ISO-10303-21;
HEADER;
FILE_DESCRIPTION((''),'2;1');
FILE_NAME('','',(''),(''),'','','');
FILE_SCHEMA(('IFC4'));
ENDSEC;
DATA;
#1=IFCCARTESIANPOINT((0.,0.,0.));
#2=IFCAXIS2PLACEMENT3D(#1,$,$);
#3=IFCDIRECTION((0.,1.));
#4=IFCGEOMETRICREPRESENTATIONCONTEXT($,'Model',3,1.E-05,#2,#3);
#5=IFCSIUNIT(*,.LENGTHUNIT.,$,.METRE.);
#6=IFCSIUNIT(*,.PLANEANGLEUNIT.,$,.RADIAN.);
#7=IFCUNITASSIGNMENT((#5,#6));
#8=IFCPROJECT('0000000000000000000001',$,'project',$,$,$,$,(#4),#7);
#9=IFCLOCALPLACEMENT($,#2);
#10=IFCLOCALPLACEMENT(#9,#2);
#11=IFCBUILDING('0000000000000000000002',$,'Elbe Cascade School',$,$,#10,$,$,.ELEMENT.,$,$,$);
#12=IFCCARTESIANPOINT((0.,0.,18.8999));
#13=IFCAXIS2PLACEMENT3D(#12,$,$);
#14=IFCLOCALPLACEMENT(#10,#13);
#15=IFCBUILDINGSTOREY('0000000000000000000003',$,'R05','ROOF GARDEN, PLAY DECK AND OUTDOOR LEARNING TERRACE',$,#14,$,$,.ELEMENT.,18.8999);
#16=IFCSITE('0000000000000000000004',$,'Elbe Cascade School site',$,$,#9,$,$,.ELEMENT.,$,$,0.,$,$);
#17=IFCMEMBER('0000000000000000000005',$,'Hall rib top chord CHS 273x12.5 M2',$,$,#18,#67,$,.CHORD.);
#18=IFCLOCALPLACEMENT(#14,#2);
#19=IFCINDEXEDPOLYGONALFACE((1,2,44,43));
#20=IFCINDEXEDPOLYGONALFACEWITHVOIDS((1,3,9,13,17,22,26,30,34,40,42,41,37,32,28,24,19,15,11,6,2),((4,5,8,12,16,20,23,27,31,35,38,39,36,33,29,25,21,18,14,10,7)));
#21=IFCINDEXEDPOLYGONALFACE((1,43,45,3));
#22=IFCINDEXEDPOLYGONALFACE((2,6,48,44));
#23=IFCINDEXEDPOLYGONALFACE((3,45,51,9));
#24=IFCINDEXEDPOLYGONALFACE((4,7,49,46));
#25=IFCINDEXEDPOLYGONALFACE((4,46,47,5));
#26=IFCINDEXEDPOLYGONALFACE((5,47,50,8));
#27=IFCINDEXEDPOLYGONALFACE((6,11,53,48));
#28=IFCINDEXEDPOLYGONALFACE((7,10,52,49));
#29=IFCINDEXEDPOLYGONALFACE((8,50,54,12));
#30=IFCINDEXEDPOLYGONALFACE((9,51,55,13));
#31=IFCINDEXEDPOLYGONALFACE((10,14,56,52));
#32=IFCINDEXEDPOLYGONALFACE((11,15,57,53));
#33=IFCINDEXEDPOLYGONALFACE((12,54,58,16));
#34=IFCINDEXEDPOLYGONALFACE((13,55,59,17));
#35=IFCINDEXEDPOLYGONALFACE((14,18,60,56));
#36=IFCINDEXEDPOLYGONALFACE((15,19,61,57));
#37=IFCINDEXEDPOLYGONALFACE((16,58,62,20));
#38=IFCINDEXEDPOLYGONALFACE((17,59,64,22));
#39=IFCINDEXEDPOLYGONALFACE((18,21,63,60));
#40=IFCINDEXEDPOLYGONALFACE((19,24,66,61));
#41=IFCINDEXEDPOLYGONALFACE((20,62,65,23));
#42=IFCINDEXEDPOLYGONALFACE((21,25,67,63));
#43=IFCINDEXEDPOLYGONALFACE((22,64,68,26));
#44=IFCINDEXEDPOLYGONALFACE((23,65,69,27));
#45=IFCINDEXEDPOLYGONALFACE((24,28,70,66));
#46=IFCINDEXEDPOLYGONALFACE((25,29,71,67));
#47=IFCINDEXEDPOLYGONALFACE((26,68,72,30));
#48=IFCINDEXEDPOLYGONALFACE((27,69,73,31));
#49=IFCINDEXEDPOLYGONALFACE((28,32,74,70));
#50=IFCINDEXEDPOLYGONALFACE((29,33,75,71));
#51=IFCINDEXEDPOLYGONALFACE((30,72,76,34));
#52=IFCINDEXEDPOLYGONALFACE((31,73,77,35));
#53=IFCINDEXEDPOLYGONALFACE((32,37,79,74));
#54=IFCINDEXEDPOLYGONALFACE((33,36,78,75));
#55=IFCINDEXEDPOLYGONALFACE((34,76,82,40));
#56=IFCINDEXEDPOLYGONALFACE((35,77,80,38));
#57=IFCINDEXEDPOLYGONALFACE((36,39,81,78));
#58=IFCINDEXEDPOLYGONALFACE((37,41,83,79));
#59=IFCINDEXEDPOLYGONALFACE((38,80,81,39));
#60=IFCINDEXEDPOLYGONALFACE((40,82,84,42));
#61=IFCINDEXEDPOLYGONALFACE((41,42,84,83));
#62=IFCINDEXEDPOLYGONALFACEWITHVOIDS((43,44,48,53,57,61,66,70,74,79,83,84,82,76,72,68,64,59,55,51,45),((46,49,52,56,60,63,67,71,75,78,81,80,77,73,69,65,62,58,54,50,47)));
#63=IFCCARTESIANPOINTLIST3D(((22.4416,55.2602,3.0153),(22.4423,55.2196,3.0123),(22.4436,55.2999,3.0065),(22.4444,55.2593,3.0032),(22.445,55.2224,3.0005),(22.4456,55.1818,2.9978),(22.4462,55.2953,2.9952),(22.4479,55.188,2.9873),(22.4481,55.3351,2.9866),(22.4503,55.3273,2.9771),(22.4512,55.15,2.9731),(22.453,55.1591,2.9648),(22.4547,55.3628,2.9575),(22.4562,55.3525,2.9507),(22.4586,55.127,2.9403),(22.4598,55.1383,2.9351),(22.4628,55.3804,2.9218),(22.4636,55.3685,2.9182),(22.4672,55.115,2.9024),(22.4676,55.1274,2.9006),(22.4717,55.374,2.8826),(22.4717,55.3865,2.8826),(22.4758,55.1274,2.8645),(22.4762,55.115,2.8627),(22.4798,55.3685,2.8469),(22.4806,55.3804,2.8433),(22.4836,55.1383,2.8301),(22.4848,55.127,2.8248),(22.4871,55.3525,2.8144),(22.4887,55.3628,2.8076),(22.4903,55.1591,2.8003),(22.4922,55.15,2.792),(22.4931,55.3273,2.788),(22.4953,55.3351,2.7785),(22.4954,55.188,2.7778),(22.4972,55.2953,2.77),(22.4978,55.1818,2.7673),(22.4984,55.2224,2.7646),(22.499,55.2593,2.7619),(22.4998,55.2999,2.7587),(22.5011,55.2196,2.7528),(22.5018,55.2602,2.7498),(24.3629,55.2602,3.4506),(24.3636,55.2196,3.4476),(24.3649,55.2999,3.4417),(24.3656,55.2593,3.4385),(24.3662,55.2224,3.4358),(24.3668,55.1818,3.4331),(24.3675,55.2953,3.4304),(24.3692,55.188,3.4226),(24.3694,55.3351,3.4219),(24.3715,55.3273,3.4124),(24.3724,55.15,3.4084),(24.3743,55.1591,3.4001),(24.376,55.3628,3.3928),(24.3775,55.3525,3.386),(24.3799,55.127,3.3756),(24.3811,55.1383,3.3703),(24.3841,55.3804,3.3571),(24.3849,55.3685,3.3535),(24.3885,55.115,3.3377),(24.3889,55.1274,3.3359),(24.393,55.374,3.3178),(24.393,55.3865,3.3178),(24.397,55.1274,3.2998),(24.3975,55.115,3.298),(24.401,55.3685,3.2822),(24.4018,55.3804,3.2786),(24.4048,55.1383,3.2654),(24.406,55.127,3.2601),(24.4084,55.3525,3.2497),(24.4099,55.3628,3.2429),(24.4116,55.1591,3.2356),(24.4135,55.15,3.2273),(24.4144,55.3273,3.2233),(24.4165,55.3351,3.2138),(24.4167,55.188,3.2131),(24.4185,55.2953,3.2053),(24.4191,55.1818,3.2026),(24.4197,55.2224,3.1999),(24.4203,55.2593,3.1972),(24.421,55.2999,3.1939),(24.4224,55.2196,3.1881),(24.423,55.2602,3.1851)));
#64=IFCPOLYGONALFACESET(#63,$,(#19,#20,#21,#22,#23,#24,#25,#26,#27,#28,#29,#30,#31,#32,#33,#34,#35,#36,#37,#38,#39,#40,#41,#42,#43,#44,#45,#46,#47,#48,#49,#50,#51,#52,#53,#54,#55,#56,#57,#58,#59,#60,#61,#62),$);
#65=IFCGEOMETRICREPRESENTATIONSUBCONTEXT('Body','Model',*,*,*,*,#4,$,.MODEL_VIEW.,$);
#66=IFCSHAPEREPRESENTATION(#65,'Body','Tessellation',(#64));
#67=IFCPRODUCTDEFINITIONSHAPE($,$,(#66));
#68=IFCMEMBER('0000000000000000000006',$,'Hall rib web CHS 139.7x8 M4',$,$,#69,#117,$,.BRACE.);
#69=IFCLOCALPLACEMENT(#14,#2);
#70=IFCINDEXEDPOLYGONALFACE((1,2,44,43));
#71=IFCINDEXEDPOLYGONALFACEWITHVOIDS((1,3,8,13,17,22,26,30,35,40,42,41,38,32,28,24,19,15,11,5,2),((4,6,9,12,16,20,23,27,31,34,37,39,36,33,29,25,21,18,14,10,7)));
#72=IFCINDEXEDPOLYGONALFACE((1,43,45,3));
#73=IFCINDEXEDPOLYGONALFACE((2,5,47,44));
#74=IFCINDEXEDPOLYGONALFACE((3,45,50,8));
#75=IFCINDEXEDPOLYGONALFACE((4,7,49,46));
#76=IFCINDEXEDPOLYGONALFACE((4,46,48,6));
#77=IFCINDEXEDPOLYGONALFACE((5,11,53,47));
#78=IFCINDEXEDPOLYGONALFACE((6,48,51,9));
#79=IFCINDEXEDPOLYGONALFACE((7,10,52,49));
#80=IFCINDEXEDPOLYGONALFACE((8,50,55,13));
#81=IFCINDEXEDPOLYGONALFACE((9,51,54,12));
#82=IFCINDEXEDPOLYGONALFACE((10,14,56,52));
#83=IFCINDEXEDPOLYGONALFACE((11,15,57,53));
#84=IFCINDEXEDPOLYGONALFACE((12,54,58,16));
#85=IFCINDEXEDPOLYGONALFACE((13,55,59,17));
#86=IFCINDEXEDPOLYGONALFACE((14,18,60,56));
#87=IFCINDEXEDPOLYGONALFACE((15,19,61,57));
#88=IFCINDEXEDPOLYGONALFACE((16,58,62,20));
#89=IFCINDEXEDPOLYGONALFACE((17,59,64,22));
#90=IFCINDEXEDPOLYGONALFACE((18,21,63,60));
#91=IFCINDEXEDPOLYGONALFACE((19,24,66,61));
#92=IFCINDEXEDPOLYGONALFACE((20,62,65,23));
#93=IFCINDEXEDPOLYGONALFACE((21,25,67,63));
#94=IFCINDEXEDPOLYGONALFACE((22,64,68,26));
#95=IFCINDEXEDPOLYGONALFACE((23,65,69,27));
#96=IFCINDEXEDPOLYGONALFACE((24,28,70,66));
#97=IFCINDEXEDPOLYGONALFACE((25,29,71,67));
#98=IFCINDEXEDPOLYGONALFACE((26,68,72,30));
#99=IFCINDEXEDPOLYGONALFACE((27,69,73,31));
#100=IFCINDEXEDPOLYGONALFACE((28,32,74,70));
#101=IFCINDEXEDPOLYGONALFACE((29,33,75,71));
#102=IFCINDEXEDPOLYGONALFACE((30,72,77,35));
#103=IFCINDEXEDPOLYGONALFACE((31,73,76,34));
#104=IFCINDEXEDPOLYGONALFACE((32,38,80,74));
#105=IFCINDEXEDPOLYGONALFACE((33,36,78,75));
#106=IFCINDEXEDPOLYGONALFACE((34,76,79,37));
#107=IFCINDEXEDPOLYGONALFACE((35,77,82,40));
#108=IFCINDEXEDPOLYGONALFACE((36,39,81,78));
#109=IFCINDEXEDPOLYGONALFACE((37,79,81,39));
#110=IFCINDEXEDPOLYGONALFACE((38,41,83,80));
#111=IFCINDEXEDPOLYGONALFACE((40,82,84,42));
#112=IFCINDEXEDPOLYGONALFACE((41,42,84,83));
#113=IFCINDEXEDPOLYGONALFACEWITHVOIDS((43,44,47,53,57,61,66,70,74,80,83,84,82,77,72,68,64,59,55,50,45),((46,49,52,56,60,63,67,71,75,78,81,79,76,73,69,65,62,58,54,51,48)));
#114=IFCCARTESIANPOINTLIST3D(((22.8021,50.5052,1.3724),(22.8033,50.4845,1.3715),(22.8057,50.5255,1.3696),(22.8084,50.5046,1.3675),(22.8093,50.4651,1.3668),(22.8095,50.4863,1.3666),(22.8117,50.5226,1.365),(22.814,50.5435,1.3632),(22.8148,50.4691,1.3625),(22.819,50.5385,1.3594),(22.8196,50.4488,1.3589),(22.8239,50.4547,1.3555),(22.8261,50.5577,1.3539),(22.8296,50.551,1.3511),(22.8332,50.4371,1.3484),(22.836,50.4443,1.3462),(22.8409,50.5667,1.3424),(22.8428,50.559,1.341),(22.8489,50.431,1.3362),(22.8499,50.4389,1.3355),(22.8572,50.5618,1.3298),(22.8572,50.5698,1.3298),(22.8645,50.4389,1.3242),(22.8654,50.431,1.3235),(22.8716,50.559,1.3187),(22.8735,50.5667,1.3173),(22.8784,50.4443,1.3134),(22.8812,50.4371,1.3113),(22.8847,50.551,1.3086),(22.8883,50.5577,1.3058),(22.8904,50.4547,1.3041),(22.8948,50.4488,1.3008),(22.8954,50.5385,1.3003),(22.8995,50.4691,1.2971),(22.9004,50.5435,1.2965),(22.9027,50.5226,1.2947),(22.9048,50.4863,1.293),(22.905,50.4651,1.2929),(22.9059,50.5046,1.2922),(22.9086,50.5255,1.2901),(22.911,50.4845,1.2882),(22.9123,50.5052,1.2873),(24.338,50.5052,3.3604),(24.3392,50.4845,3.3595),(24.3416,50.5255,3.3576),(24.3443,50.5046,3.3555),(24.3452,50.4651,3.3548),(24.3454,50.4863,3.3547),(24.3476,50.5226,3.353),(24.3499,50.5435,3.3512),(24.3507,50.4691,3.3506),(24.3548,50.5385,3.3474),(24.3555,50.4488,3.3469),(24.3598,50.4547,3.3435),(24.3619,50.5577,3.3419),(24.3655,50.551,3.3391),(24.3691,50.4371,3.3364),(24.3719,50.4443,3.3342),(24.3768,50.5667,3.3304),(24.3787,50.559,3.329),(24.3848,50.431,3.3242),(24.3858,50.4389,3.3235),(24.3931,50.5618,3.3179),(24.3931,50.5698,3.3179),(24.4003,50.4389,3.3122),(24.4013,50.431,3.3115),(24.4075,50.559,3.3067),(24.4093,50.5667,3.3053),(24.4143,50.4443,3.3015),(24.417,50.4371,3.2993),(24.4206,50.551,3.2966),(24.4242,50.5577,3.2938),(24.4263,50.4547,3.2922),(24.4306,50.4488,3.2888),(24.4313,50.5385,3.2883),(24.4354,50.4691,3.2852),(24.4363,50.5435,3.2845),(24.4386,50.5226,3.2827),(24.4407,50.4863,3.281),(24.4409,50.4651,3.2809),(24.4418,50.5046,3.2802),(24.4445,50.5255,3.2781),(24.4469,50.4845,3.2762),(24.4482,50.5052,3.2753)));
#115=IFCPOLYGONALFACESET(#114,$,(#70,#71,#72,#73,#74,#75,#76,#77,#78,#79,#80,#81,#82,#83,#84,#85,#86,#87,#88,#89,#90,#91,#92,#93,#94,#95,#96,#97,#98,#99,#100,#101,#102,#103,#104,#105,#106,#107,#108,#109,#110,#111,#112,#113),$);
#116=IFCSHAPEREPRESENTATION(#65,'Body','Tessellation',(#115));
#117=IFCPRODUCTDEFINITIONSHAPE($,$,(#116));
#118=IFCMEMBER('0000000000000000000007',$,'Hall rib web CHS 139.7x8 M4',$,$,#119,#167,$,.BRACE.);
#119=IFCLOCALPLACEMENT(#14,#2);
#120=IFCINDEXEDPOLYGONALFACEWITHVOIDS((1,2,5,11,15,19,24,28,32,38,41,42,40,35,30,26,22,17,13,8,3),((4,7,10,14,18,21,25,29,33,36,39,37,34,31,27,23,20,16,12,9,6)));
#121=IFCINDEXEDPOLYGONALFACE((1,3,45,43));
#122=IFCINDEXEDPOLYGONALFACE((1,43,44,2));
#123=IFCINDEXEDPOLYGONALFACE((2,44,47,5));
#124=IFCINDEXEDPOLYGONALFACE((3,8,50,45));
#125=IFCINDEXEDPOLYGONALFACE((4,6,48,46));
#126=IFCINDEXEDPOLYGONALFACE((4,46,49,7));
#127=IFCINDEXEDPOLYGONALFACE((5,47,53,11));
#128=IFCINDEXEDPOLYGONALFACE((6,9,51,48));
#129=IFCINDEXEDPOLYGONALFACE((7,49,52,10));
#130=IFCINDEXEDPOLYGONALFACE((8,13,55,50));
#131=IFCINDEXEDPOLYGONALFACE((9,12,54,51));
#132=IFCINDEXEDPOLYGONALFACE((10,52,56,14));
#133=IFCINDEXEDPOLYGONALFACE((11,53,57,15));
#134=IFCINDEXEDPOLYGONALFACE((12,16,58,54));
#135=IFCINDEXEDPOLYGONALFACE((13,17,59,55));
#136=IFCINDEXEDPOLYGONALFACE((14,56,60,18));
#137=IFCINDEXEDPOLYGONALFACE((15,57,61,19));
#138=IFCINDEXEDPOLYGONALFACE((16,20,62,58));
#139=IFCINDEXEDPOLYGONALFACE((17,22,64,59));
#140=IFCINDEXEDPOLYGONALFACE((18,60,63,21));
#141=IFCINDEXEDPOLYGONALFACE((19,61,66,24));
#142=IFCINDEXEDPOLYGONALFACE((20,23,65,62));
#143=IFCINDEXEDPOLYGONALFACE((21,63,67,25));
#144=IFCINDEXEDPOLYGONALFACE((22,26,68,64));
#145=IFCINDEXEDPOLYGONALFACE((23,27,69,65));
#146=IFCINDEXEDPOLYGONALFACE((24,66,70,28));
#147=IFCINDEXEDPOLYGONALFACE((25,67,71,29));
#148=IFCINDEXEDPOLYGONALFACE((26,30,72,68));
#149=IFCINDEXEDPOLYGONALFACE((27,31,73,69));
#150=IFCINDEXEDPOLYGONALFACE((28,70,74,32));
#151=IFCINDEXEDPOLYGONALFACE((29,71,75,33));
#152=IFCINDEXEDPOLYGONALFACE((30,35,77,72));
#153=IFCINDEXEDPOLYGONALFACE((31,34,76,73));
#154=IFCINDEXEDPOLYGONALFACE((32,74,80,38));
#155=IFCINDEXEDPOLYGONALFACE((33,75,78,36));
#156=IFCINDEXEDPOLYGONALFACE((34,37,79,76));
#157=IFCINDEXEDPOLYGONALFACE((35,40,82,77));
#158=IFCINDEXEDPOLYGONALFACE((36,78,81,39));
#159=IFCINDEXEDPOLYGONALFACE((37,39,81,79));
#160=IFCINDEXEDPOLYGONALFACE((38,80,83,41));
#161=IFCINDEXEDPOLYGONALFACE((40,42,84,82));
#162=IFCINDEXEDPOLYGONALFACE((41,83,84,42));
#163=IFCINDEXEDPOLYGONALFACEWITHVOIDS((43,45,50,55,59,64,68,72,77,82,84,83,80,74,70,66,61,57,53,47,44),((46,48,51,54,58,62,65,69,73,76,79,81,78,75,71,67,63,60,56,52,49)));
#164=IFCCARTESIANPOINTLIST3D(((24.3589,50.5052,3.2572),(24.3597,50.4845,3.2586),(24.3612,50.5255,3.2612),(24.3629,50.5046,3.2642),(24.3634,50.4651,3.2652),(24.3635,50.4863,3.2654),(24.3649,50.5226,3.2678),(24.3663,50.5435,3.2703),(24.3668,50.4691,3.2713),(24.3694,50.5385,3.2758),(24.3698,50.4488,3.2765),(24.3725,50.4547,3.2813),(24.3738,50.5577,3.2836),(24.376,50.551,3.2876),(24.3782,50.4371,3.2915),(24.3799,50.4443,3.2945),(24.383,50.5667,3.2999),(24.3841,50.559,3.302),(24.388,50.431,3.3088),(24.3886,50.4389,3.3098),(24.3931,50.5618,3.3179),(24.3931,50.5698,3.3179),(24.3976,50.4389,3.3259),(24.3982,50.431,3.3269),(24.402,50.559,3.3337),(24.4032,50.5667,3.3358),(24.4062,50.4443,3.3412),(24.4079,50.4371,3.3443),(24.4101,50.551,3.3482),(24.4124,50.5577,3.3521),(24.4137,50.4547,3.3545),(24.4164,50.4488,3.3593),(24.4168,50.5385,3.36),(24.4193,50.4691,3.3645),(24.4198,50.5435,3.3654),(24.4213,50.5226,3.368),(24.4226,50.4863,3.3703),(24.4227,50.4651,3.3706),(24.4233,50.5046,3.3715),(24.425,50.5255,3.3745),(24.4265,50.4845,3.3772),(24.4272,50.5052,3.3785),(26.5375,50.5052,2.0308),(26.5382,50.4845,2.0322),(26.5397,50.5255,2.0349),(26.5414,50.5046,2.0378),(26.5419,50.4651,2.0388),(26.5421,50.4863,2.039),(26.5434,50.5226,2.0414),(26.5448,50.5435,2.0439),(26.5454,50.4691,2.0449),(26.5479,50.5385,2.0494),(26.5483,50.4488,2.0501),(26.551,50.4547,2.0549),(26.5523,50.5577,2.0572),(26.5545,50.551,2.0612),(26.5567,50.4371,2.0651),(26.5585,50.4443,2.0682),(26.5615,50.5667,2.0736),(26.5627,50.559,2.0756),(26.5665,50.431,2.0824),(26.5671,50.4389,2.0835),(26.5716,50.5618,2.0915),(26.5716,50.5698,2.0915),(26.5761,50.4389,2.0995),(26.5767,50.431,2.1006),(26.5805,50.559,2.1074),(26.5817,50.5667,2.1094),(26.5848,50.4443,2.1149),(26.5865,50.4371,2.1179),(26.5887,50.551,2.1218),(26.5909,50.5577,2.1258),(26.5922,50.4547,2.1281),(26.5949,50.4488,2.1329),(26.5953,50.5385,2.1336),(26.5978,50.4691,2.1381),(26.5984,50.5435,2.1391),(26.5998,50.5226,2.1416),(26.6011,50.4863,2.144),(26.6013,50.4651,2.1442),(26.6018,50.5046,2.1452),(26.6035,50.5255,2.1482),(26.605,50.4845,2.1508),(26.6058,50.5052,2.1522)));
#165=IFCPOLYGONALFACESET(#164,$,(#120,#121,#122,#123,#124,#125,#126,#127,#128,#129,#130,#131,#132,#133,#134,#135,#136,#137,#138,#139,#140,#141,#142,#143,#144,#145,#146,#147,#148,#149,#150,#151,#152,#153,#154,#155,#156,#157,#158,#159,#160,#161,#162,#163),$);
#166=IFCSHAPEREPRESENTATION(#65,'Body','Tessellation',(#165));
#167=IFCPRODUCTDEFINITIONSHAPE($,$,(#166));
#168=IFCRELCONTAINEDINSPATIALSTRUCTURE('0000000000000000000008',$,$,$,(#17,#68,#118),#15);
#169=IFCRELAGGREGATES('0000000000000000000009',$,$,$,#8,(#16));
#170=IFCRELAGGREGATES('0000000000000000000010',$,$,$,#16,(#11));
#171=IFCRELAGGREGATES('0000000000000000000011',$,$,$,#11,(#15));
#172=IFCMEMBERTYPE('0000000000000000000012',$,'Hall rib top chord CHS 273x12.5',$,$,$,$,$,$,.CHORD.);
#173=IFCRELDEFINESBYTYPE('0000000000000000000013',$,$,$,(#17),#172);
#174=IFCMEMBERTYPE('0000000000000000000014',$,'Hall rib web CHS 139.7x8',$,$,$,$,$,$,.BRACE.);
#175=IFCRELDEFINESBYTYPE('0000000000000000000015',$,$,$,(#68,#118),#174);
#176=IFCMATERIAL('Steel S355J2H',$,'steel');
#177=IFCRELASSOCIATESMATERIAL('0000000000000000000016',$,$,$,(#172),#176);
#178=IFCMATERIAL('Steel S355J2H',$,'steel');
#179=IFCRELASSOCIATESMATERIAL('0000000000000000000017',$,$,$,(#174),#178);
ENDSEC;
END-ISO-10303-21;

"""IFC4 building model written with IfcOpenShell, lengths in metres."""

from ifc_helpers import new_model, si_unit, direction, frame, origin, origin_2d, place, context, subcontext, project, spatial, hollow_circle, extrude, material, material_profile, profile_set, type_object, element, save


model = new_model("IFC4")

# Units and contexts
model_context = context("Model", 3, precision=1e-05, world=origin(), true_north=direction((0.0, 1.0)))
body_context = subcontext(model_context, "Body", "Model", "MODEL_VIEW")
ifc_project = project(units=[si_unit("LENGTHUNIT", "METRE"), si_unit("PLANEANGLEUNIT", "RADIAN")], contexts=[model_context])

# Site, building, storey
site_placement = place(None, origin())
site = spatial("IfcSite", under=ifc_project, at=site_placement, Name="Elbe Cascade School site", CompositionType="ELEMENT", RefElevation=0.0)
building_placement = place(site_placement, origin())
building = spatial("IfcBuilding", under=site, at=building_placement, Name="Elbe Cascade School", CompositionType="ELEMENT")
storey_placement = place(building_placement, frame((0.0, 0.0, 18.8999)))
storey = spatial("IfcBuildingStorey", under=building, at=storey_placement, Name="R05", Description="ROOF GARDEN, PLAY DECK AND OUTDOOR LEARNING TERRACE", CompositionType="ELEMENT", Elevation=18.8999)

# Members
ifc_material_1 = material(Name="Steel S355J2H", Category="steel")
ifc_material_profile_1 = material_profile(ifc_material_1, hollow_circle(Radius=0.1365, WallThickness=0.0125, at=origin_2d()), Name="CHS 273x12.5")
ifc_profile_set_1 = profile_set([ifc_material_profile_1], Name="Steel S355J2H")
member_type_1 = type_object("IfcMemberType", Name="Hall rib top chord CHS 273x12.5", PredefinedType="CHORD", material=ifc_profile_set_1)
member_1_placement = place(storey_placement, frame((22.4717, 55.25, 2.8826), z_axis=(0.975284, 0.0, 0.220957), x_axis=(0.0, 1.0, 0.0)))
element("IfcMember", 1, at=member_1_placement, inside=storey, type_object=member_type_1, Name="Hall rib top chord CHS 273x12.5 M2", PredefinedType="CHORD", context=body_context, shape_type="SweptSolid", body=[
    extrude(hollow_circle(Radius=0.1365, WallThickness=0.0125, at=origin_2d()), origin(), (0.0, 0.0, 1.0), 1.97),
])
ifc_material_2 = material(Name="Steel S355J2H", Category="steel")
ifc_material_profile_2 = material_profile(ifc_material_2, hollow_circle(Radius=0.0698, WallThickness=0.0081, at=origin_2d()), Name="CHS 139.7x8")
ifc_profile_set_2 = profile_set([ifc_material_profile_2], Name="Steel S355J2H")
member_type_2 = type_object("IfcMemberType", Name="Hall rib web CHS 139.7x8", PredefinedType="BRACE", material=ifc_profile_set_2)
member_2_placement = place(storey_placement, frame((22.8572, 50.5, 1.3298), z_axis=(0.611367, 0.0, 0.791347), x_axis=(0.0, 1.0, 0.0)))
element("IfcMember", 2, at=member_2_placement, inside=storey, type_object=member_type_2, Name="Hall rib web CHS 139.7x8 M4", PredefinedType="BRACE", context=body_context, shape_type="SweptSolid", body=[
    extrude(hollow_circle(Radius=0.0698, WallThickness=0.0081, at=origin_2d()), origin(), (0.0, 0.0, 1.0), 2.5122),
])
member_3_placement = place(storey_placement, frame((24.3931, 50.5, 3.3179), z_axis=(0.871416, 0.0, -0.490544), x_axis=(0.0, 1.0, 0.0)))
element("IfcMember", 3, at=member_3_placement, inside=storey, type_object=member_type_2, Name="Hall rib web CHS 139.7x8 M4", PredefinedType="BRACE", context=body_context, shape_type="SweptSolid", body=[
    extrude(hollow_circle(Radius=0.0698, WallThickness=0.0081, at=origin_2d()), origin(), (0.0, 0.0, 1.0), 2.5),
])

save(model, "model.ifc")
